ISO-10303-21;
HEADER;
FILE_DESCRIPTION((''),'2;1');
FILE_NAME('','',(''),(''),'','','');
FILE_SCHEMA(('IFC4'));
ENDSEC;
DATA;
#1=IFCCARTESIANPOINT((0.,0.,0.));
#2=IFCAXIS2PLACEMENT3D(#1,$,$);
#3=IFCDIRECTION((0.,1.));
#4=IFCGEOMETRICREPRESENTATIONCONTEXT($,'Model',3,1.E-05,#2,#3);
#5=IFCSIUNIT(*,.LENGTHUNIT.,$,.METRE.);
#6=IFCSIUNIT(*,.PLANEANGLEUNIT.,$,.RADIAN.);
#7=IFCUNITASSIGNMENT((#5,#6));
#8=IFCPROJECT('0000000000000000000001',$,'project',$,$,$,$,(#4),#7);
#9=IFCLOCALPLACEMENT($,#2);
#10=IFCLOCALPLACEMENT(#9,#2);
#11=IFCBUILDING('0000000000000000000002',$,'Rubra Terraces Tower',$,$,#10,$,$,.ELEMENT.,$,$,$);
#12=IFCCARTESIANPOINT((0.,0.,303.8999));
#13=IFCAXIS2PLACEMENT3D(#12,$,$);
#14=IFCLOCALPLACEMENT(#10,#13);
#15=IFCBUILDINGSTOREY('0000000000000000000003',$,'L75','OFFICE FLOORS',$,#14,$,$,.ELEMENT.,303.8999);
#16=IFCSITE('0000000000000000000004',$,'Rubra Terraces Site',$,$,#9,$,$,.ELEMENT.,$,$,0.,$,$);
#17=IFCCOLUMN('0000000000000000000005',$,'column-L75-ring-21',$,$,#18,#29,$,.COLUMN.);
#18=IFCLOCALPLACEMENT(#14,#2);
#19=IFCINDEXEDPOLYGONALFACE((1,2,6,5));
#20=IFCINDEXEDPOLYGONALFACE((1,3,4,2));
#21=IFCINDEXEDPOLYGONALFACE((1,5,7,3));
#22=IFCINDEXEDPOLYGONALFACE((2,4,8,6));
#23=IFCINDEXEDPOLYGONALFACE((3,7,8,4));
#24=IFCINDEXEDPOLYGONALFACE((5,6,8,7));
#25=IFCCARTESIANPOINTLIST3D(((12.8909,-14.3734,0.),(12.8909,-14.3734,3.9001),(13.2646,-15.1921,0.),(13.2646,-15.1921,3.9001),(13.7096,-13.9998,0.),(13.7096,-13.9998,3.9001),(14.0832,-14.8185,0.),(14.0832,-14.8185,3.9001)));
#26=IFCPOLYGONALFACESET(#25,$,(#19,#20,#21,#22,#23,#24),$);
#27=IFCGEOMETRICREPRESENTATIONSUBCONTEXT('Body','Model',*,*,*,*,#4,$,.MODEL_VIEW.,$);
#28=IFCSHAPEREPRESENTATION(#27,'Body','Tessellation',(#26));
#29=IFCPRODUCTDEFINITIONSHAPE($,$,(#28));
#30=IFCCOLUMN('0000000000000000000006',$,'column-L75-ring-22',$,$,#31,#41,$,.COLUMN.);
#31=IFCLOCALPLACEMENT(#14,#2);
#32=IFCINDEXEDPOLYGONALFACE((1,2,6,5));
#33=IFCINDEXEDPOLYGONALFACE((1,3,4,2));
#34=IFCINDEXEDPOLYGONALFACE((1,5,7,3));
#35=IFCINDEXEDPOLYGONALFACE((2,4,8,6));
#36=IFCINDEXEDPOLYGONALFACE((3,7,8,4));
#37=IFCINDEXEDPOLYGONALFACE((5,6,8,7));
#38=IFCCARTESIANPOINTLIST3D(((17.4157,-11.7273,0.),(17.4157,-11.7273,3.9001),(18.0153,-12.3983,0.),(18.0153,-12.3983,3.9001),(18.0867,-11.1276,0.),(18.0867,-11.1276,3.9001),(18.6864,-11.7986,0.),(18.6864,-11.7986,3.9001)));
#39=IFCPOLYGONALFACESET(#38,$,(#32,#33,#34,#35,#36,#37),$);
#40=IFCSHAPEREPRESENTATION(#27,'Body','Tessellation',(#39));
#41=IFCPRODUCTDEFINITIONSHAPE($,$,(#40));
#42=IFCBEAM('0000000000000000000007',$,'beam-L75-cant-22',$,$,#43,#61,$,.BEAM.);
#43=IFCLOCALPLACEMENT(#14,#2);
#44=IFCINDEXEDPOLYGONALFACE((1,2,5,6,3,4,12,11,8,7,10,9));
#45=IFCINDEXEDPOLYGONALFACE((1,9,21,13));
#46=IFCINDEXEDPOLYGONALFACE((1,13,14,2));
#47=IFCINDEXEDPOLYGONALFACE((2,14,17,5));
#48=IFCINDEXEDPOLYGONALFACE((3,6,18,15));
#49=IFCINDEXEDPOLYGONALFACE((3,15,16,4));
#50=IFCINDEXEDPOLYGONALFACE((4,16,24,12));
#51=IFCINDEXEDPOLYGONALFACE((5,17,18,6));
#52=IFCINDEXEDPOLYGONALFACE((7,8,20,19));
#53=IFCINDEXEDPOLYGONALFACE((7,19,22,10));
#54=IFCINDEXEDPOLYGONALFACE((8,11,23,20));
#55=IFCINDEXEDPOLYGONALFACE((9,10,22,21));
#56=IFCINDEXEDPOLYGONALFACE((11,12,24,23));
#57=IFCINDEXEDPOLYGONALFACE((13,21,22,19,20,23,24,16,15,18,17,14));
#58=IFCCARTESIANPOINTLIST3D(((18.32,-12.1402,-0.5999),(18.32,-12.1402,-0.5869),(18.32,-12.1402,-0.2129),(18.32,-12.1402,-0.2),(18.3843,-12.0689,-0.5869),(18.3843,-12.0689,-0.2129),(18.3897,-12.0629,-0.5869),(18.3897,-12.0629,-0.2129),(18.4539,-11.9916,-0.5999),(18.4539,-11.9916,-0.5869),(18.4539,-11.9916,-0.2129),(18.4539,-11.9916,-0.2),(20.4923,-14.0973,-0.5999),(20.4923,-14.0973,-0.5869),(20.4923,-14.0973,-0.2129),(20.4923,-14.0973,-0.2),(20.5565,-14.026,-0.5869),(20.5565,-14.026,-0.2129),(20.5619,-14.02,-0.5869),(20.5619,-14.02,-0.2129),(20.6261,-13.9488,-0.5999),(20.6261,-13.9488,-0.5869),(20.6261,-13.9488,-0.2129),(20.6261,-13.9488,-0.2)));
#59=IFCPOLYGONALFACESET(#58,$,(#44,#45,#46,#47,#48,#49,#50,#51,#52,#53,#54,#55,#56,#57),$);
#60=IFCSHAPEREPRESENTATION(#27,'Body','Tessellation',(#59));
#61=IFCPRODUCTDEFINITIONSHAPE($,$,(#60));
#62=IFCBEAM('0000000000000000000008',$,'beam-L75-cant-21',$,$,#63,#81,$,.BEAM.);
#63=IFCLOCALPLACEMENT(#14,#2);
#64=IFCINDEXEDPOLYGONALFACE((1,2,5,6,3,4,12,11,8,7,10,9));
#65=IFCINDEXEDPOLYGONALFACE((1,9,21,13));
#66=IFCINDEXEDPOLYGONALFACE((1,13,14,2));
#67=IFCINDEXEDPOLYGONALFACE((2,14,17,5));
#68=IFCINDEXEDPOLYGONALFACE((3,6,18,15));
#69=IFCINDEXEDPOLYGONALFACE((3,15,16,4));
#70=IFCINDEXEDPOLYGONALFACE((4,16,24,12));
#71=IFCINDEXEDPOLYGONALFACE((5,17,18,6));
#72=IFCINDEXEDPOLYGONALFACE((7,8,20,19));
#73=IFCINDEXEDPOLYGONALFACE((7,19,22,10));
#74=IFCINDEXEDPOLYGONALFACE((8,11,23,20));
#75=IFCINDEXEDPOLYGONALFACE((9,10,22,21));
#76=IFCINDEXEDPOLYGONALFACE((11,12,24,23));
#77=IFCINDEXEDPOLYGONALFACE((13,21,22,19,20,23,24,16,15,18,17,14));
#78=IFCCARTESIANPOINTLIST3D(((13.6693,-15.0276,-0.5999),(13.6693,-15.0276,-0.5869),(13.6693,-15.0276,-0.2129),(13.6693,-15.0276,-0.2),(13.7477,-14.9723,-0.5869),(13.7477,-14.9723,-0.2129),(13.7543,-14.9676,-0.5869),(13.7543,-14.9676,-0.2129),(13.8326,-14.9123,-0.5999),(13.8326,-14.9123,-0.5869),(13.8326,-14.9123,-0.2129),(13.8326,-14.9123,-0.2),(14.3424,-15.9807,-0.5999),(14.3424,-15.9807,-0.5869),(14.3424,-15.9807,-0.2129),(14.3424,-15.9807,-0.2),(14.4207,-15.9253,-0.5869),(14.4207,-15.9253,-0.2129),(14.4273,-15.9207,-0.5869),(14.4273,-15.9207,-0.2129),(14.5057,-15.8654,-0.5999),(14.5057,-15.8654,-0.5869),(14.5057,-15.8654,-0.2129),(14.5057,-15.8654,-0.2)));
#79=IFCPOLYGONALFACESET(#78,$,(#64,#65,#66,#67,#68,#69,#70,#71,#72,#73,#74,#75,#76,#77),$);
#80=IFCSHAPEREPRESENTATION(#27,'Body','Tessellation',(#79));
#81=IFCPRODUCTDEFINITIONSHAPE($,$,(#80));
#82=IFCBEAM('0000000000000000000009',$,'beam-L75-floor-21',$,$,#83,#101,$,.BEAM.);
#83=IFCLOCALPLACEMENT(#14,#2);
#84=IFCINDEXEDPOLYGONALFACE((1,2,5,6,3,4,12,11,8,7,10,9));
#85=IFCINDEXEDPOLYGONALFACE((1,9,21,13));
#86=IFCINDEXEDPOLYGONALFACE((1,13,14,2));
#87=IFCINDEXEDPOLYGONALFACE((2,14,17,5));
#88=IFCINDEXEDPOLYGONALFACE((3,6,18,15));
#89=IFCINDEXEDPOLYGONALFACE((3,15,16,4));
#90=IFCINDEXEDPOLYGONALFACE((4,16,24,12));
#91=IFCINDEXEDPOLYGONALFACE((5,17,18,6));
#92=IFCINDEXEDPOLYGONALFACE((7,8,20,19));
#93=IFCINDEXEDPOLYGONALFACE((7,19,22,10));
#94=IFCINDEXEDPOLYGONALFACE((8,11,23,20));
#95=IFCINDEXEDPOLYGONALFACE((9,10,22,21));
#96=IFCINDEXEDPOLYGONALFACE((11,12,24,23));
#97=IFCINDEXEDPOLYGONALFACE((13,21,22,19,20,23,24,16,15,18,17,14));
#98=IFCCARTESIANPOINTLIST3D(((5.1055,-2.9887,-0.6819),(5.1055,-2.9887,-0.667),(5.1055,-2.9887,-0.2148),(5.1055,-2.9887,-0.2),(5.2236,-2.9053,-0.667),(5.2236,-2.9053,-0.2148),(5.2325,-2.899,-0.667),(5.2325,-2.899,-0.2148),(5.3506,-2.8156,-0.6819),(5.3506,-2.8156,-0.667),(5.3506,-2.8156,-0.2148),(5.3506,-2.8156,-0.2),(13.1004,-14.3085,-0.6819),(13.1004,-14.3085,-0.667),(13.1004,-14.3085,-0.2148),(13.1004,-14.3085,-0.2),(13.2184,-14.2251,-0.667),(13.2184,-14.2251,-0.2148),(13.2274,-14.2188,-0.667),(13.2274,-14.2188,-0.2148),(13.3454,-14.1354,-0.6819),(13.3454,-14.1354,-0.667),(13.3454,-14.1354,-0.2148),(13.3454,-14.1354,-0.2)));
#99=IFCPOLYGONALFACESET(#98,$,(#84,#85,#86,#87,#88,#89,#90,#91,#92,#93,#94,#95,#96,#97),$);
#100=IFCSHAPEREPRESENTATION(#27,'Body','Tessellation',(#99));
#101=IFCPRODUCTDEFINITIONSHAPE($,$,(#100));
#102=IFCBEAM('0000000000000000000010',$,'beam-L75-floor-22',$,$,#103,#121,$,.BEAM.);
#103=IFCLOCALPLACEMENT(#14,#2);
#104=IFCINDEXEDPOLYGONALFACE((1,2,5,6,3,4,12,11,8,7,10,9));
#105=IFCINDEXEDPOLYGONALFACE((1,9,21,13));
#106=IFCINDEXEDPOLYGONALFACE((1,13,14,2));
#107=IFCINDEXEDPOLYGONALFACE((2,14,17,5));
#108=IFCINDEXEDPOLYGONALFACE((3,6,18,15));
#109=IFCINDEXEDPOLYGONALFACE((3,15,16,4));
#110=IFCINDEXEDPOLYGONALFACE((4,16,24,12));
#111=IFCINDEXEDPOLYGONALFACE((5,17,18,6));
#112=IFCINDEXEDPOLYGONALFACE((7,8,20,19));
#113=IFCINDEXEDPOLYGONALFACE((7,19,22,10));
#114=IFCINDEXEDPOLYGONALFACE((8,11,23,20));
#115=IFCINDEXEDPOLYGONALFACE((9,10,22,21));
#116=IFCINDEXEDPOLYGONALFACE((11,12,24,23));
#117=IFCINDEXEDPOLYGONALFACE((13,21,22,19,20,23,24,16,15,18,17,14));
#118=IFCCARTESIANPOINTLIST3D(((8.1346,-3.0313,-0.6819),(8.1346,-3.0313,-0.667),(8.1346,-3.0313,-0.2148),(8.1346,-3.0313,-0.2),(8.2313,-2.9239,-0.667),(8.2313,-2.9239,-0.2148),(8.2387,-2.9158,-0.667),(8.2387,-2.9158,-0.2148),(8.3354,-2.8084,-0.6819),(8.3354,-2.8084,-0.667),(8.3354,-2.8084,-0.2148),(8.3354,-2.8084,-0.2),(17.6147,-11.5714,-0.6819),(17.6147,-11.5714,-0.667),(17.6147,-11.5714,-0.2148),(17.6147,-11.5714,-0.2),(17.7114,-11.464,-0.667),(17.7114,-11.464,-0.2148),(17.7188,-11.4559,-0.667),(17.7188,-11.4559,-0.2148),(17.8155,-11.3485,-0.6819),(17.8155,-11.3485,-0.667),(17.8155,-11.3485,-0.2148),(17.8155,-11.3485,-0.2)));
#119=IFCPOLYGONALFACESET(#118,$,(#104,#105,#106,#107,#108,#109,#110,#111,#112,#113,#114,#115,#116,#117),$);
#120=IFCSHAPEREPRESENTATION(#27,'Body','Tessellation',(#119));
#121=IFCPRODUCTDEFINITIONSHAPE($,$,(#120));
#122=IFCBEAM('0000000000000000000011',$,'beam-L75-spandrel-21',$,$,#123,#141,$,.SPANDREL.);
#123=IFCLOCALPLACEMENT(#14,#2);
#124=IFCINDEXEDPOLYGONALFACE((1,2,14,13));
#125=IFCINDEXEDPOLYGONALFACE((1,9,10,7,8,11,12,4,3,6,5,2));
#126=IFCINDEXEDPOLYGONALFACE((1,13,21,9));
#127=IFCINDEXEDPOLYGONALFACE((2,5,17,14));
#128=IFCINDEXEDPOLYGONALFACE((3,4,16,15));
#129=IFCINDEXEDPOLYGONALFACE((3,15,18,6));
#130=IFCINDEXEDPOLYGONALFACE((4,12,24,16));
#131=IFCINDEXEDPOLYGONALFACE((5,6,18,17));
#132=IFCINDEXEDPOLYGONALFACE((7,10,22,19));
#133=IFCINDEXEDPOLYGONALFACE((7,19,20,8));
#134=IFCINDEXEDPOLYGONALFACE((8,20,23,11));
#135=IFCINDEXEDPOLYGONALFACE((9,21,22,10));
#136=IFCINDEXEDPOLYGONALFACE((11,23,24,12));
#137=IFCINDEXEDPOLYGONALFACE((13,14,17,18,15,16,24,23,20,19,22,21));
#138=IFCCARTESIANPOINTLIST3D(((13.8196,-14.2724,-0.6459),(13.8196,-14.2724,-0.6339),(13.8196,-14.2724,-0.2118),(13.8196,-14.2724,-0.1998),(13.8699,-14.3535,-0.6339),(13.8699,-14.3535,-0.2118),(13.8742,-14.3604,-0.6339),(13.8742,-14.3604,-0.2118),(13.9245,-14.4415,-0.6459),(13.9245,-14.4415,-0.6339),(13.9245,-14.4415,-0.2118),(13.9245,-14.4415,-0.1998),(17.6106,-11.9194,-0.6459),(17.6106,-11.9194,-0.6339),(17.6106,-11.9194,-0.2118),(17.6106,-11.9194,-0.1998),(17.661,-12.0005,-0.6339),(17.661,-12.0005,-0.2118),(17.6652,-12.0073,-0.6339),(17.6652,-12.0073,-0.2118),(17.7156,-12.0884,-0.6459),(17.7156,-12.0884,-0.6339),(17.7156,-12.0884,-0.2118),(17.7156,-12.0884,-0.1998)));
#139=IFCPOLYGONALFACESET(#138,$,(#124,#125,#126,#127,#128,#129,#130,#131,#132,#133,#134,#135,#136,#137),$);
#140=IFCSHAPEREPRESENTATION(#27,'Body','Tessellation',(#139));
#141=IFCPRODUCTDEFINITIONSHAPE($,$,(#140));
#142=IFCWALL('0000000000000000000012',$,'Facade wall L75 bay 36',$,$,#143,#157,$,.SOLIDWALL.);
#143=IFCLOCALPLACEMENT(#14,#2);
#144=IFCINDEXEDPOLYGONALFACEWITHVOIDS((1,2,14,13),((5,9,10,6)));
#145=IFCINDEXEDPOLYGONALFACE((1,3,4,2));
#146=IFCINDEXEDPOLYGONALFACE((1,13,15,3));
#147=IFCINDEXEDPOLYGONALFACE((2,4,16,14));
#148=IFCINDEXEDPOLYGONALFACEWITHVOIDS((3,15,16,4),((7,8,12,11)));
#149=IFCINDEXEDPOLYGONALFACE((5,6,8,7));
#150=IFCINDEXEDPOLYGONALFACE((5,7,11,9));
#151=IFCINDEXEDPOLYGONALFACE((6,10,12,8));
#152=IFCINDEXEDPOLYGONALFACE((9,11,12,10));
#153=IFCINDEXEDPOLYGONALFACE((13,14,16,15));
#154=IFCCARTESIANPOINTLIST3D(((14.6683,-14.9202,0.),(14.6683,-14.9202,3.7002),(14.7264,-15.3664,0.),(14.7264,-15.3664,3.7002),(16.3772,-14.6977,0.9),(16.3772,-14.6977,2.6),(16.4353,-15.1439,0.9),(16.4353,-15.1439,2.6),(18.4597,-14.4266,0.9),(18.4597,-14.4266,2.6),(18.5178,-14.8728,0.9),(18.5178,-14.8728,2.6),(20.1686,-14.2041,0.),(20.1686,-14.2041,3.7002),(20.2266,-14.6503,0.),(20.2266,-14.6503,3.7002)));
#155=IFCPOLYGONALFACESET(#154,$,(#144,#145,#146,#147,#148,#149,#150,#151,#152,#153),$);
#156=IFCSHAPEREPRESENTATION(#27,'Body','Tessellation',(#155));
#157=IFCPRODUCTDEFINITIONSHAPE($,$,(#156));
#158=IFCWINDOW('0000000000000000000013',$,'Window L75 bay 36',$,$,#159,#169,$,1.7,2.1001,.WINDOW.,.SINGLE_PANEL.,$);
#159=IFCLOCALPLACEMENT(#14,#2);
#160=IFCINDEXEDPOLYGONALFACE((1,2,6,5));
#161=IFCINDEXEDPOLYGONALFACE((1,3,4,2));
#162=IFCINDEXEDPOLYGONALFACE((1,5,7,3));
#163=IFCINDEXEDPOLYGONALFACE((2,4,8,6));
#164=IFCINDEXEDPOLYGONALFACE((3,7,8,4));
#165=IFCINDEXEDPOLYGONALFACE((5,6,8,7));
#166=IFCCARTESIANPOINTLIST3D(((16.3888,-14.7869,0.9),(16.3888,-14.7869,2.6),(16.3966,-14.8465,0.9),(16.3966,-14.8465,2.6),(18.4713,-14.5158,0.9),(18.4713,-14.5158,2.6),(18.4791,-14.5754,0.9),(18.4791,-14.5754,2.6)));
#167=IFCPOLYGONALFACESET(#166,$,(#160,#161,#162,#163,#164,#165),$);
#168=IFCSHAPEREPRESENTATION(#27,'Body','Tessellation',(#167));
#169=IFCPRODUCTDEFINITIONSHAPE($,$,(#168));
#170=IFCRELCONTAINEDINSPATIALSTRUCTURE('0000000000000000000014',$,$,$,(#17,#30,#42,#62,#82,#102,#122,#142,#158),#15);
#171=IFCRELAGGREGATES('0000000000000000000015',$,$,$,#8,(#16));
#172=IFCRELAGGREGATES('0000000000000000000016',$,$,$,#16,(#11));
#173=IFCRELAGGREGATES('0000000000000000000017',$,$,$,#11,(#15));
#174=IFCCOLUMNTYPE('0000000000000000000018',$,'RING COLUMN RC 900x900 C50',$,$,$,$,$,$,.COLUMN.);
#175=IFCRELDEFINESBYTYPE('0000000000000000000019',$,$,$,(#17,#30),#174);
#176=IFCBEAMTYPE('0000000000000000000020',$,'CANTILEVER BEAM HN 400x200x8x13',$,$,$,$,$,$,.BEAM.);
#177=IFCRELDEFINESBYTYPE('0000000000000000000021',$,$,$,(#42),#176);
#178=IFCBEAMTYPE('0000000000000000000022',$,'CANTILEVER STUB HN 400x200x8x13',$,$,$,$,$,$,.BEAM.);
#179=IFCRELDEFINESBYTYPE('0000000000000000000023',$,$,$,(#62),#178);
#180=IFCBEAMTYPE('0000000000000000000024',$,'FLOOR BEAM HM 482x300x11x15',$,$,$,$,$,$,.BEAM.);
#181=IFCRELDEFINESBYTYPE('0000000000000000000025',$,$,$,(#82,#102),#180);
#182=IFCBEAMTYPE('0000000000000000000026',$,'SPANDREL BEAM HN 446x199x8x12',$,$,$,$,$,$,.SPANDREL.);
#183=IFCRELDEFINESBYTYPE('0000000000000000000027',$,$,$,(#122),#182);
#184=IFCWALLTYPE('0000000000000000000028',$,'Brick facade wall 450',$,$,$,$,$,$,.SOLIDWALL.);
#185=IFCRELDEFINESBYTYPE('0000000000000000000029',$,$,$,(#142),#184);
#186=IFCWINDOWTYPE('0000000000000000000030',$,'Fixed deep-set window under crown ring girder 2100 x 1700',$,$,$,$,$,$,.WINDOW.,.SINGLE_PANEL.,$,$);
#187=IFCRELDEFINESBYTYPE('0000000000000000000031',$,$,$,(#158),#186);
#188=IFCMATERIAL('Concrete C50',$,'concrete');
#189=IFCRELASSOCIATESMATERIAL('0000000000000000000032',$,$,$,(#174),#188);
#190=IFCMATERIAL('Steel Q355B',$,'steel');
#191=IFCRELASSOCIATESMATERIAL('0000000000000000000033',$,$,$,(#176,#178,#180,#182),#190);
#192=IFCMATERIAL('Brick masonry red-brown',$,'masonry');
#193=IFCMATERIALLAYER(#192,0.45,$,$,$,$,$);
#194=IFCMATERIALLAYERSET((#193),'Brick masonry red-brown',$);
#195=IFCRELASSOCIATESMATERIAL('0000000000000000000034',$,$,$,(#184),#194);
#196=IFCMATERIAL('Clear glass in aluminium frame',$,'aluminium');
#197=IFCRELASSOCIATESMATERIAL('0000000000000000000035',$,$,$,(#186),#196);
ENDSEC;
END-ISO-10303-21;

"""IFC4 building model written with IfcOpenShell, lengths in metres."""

from ifc_helpers import new_model, si_unit, direction, frame, frame_2d, origin, origin_2d, place, context, subcontext, project, spatial, rectangle, i_section, extrude, material, layer, layer_set, material_profile, profile_set, type_object, element, fill, save


model = new_model("IFC4")

# Units and contexts
model_context = context("Model", 3, precision=1e-05, world=origin(), true_north=direction((0.0, 1.0)))
body_context = subcontext(model_context, "Body", "Model", "MODEL_VIEW")
ifc_project = project(units=[si_unit("LENGTHUNIT", "METRE"), si_unit("PLANEANGLEUNIT", "RADIAN")], contexts=[model_context])

# Site, building, storey
site_placement = place(None, origin())
site = spatial("IfcSite", under=ifc_project, at=site_placement, Name="Rubra Terraces Site", CompositionType="ELEMENT", RefElevation=0.0)
building_placement = place(site_placement, origin())
building = spatial("IfcBuilding", under=site, at=building_placement, Name="Rubra Terraces Tower", CompositionType="ELEMENT")
storey_placement = place(building_placement, frame((0.0, 0.0, 303.8999)))
storey = spatial("IfcBuildingStorey", under=building, at=storey_placement, Name="L75", Description="OFFICE FLOORS", CompositionType="ELEMENT", Elevation=303.8999)

# Columns
ifc_material_1 = material(Name="Concrete C50", Category="concrete")
ifc_material_profile_1 = material_profile(ifc_material_1, rectangle(XDim=0.8999, YDim=0.8999, at=origin_2d()), Name="RC 900x900")
ifc_profile_set_1 = profile_set([ifc_material_profile_1], Name="Concrete C50")
column_type = type_object("IfcColumnType", Name="RING COLUMN RC 900x900 C50", PredefinedType="COLUMN", material=ifc_profile_set_1)
for number, where, z_axis, x_axis, name in (
    (1, (13.4871, -14.5959, 0.0), (0.0, 0.0, 1.0), (0.909726, 0.415208, 0.0), "column-L75-ring-21"),
    (2, (18.051, -11.7629, 0.0), (0.0, 0.0, 1.0), (0.745642, 0.666347, 0.0), "column-L75-ring-22"),
):
    element("IfcColumn", number, at=place(storey_placement, frame(where, z_axis=z_axis, x_axis=x_axis)), inside=storey, type_object=column_type, Name=name, PredefinedType="COLUMN", context=body_context, shape_type="SweptSolid", body=[
        extrude(rectangle(XDim=0.8999, YDim=0.8999, at=origin_2d()), origin(), (0.0, 0.0, 1.0), 3.9001),
    ])

# Beams
ifc_material_2 = material(Name="Steel Q355B", Category="steel")
ifc_material_profile_2 = material_profile(ifc_material_2, i_section(OverallWidth=0.2, OverallDepth=0.3999, WebThickness=0.0081, FlangeThickness=0.0129, at=origin_2d()), Name="HN 400x200x8x13")
ifc_profile_set_2 = profile_set([ifc_material_profile_2], Name="Steel Q355B")
beam_type_1 = type_object("IfcBeamType", Name="CANTILEVER BEAM HN 400x200x8x13", PredefinedType="BEAM", material=ifc_profile_set_2)
beam_1_placement = place(storey_placement, frame((18.387, -12.0659, -0.3999), z_axis=(0.742933, -0.669366, 0.0), x_axis=(0.669366, 0.742933, 0.0)))
element("IfcBeam", 3, at=beam_1_placement, inside=storey, type_object=beam_type_1, Name="beam-L75-cant-22", PredefinedType="BEAM", context=body_context, shape_type="SweptSolid", body=[
    extrude(i_section(OverallWidth=0.2, OverallDepth=0.3999, WebThickness=0.0081, FlangeThickness=0.0129, at=origin_2d()), origin(), (0.0, 0.0, 1.0), 2.9238),
])
ifc_material_profile_3 = material_profile(ifc_material_2, i_section(OverallWidth=0.2, OverallDepth=0.3999, WebThickness=0.0081, FlangeThickness=0.0129, at=origin_2d()), Name="HN 400x200x8x13")
ifc_profile_set_3 = profile_set([ifc_material_profile_3], Name="Steel Q355B")
beam_type_2 = type_object("IfcBeamType", Name="CANTILEVER STUB HN 400x200x8x13", PredefinedType="BEAM", material=ifc_profile_set_3)
beam_2_placement = place(storey_placement, frame((13.751, -14.97, -0.3999), z_axis=(0.576856, -0.816846, 0.0), x_axis=(0.816846, 0.576856, 0.0)))
element("IfcBeam", 4, at=beam_2_placement, inside=storey, type_object=beam_type_2, Name="beam-L75-cant-21", PredefinedType="BEAM", context=body_context, shape_type="SweptSolid", body=[
    extrude(i_section(OverallWidth=0.2, OverallDepth=0.3999, WebThickness=0.0081, FlangeThickness=0.0129, at=origin_2d()), origin(), (0.0, 0.0, 1.0), 1.1667),
])
ifc_material_profile_4 = material_profile(ifc_material_2, i_section(OverallWidth=0.3, OverallDepth=0.4819, WebThickness=0.011, FlangeThickness=0.0149, at=origin_2d()), Name="HM 482x300x11x15")
ifc_profile_set_4 = profile_set([ifc_material_profile_4], Name="Steel Q355B")
beam_type_3 = type_object("IfcBeamType", Name="FLOOR BEAM HM 482x300x11x15", PredefinedType="BEAM", material=ifc_profile_set_4)
beam_3_placement = place(storey_placement, frame((13.2229, -14.2219, -0.4409), z_axis=(-0.576896, 0.816818, 0.0), x_axis=(-0.816818, -0.576896, 0.0)))
element("IfcBeam", 5, at=beam_3_placement, inside=storey, type_object=beam_type_3, Name="beam-L75-floor-21", PredefinedType="BEAM", context=body_context, shape_type="SweptSolid", body=[
    extrude(i_section(OverallWidth=0.3, OverallDepth=0.4819, WebThickness=0.011, FlangeThickness=0.0149, at=origin_2d()), origin(), (0.0, 0.0, 1.0), 13.8584),
])
beam_4_placement = place(storey_placement, frame((17.7151, -11.46, -0.4409), z_axis=(-0.74298, 0.669314, 0.0), x_axis=(-0.669314, -0.74298, 0.0)))
element("IfcBeam", 6, at=beam_4_placement, inside=storey, type_object=beam_type_3, Name="beam-L75-floor-22", PredefinedType="BEAM", context=body_context, shape_type="SweptSolid", body=[
    extrude(i_section(OverallWidth=0.3, OverallDepth=0.4819, WebThickness=0.011, FlangeThickness=0.0149, at=origin_2d()), origin(), (0.0, 0.0, 1.0), 12.7595),
])
ifc_material_profile_5 = material_profile(ifc_material_2, i_section(OverallWidth=0.199, OverallDepth=0.446, WebThickness=0.0081, FlangeThickness=0.012, at=origin_2d()), Name="HN 446x199x8x12")
ifc_profile_set_5 = profile_set([ifc_material_profile_5], Name="Steel Q355B")
beam_type_4 = type_object("IfcBeamType", Name="SPANDREL BEAM HN 446x199x8x12", PredefinedType="SPANDREL", material=ifc_profile_set_5)
beam_5_placement = place(storey_placement, frame((13.8721, -14.3569, -0.4229), z_axis=(0.849642, 0.52736, 0.0), x_axis=(-0.52736, 0.849642, 0.0)))
element("IfcBeam", 7, at=beam_5_placement, inside=storey, type_object=beam_type_4, Name="beam-L75-spandrel-21", PredefinedType="SPANDREL", context=body_context, shape_type="SweptSolid", body=[
    extrude(i_section(OverallWidth=0.199, OverallDepth=0.446, WebThickness=0.0081, FlangeThickness=0.012, at=origin_2d()), origin(), (0.0, 0.0, 1.0), 4.4619),
])

# Wall, opening, window
ifc_material_3 = material(Name="Brick masonry red-brown", Category="masonry")
ifc_layer_1 = layer(ifc_material_3, 0.45)
ifc_layer_set_1 = layer_set([ifc_layer_1], Name="Brick masonry red-brown")
wall_type_1 = type_object("IfcWallType", Name="Brick facade wall 450", PredefinedType="SOLIDWALL", material=ifc_layer_set_1)
wall_1_placement = place(storey_placement, frame((14.6973, -15.1433, 0.0), z_axis=(0.0, 0.0, 1.0), x_axis=(0.991632, 0.129098, 0.0)))
wall_1 = element("IfcWall", 8, at=wall_1_placement, inside=storey, type_object=wall_type_1, Name="Facade wall L75 bay 36", PredefinedType="SOLIDWALL", context=body_context, shape_type="SweptSolid", body=[
    extrude(rectangle(XDim=5.5466, YDim=0.45, at=frame_2d((2.7734, 0.0))), origin(), (0.0, 0.0, 1.0), 3.7002),
])
opening_1_placement = place(wall_1_placement, frame((1.7234, 0.0, 0.8999)))
opening_1 = element("IfcOpeningElement", 9, at=opening_1_placement, cuts=wall_1, PredefinedType="OPENING", context=body_context, shape_type="SweptSolid", body=[
    extrude(rectangle(XDim=2.1001, YDim=1.7, at=frame_2d((1.05, 0.8501))), frame((0.0, 0.2349, 0.0), z_axis=(0.0, -1.0, 0.0), x_axis=(1.0, 0.0, 0.0)), (0.0, 0.0, 1.0), 0.47),
])
ifc_material_4 = material(Name="Clear glass in aluminium frame", Category="aluminium")
window_type = type_object("IfcWindowType", Name="Fixed deep-set window under crown ring girder 2100 x 1700", PartitioningType="SINGLE_PANEL", PredefinedType="WINDOW", material=ifc_material_4)
window_1_placement = place(opening_1_placement, origin())
window_1 = element("IfcWindow", 10, at=window_1_placement, inside=storey, type_object=window_type, Name="Window L75 bay 36", OverallHeight=1.7, OverallWidth=2.1001, PartitioningType="SINGLE_PANEL", PredefinedType="WINDOW", context=body_context, shape_type="SweptSolid", body=[
    extrude(rectangle(XDim=2.1001, YDim=1.7, at=frame_2d((1.05, 0.8501))), frame((0.0, 0.135, 0.0), z_axis=(0.0, -1.0, 0.0), x_axis=(1.0, 0.0, 0.0)), (0.0, 0.0, 1.0), 0.0601),
])
fill(opening_1, window_1)

save(model, "model.ifc")
